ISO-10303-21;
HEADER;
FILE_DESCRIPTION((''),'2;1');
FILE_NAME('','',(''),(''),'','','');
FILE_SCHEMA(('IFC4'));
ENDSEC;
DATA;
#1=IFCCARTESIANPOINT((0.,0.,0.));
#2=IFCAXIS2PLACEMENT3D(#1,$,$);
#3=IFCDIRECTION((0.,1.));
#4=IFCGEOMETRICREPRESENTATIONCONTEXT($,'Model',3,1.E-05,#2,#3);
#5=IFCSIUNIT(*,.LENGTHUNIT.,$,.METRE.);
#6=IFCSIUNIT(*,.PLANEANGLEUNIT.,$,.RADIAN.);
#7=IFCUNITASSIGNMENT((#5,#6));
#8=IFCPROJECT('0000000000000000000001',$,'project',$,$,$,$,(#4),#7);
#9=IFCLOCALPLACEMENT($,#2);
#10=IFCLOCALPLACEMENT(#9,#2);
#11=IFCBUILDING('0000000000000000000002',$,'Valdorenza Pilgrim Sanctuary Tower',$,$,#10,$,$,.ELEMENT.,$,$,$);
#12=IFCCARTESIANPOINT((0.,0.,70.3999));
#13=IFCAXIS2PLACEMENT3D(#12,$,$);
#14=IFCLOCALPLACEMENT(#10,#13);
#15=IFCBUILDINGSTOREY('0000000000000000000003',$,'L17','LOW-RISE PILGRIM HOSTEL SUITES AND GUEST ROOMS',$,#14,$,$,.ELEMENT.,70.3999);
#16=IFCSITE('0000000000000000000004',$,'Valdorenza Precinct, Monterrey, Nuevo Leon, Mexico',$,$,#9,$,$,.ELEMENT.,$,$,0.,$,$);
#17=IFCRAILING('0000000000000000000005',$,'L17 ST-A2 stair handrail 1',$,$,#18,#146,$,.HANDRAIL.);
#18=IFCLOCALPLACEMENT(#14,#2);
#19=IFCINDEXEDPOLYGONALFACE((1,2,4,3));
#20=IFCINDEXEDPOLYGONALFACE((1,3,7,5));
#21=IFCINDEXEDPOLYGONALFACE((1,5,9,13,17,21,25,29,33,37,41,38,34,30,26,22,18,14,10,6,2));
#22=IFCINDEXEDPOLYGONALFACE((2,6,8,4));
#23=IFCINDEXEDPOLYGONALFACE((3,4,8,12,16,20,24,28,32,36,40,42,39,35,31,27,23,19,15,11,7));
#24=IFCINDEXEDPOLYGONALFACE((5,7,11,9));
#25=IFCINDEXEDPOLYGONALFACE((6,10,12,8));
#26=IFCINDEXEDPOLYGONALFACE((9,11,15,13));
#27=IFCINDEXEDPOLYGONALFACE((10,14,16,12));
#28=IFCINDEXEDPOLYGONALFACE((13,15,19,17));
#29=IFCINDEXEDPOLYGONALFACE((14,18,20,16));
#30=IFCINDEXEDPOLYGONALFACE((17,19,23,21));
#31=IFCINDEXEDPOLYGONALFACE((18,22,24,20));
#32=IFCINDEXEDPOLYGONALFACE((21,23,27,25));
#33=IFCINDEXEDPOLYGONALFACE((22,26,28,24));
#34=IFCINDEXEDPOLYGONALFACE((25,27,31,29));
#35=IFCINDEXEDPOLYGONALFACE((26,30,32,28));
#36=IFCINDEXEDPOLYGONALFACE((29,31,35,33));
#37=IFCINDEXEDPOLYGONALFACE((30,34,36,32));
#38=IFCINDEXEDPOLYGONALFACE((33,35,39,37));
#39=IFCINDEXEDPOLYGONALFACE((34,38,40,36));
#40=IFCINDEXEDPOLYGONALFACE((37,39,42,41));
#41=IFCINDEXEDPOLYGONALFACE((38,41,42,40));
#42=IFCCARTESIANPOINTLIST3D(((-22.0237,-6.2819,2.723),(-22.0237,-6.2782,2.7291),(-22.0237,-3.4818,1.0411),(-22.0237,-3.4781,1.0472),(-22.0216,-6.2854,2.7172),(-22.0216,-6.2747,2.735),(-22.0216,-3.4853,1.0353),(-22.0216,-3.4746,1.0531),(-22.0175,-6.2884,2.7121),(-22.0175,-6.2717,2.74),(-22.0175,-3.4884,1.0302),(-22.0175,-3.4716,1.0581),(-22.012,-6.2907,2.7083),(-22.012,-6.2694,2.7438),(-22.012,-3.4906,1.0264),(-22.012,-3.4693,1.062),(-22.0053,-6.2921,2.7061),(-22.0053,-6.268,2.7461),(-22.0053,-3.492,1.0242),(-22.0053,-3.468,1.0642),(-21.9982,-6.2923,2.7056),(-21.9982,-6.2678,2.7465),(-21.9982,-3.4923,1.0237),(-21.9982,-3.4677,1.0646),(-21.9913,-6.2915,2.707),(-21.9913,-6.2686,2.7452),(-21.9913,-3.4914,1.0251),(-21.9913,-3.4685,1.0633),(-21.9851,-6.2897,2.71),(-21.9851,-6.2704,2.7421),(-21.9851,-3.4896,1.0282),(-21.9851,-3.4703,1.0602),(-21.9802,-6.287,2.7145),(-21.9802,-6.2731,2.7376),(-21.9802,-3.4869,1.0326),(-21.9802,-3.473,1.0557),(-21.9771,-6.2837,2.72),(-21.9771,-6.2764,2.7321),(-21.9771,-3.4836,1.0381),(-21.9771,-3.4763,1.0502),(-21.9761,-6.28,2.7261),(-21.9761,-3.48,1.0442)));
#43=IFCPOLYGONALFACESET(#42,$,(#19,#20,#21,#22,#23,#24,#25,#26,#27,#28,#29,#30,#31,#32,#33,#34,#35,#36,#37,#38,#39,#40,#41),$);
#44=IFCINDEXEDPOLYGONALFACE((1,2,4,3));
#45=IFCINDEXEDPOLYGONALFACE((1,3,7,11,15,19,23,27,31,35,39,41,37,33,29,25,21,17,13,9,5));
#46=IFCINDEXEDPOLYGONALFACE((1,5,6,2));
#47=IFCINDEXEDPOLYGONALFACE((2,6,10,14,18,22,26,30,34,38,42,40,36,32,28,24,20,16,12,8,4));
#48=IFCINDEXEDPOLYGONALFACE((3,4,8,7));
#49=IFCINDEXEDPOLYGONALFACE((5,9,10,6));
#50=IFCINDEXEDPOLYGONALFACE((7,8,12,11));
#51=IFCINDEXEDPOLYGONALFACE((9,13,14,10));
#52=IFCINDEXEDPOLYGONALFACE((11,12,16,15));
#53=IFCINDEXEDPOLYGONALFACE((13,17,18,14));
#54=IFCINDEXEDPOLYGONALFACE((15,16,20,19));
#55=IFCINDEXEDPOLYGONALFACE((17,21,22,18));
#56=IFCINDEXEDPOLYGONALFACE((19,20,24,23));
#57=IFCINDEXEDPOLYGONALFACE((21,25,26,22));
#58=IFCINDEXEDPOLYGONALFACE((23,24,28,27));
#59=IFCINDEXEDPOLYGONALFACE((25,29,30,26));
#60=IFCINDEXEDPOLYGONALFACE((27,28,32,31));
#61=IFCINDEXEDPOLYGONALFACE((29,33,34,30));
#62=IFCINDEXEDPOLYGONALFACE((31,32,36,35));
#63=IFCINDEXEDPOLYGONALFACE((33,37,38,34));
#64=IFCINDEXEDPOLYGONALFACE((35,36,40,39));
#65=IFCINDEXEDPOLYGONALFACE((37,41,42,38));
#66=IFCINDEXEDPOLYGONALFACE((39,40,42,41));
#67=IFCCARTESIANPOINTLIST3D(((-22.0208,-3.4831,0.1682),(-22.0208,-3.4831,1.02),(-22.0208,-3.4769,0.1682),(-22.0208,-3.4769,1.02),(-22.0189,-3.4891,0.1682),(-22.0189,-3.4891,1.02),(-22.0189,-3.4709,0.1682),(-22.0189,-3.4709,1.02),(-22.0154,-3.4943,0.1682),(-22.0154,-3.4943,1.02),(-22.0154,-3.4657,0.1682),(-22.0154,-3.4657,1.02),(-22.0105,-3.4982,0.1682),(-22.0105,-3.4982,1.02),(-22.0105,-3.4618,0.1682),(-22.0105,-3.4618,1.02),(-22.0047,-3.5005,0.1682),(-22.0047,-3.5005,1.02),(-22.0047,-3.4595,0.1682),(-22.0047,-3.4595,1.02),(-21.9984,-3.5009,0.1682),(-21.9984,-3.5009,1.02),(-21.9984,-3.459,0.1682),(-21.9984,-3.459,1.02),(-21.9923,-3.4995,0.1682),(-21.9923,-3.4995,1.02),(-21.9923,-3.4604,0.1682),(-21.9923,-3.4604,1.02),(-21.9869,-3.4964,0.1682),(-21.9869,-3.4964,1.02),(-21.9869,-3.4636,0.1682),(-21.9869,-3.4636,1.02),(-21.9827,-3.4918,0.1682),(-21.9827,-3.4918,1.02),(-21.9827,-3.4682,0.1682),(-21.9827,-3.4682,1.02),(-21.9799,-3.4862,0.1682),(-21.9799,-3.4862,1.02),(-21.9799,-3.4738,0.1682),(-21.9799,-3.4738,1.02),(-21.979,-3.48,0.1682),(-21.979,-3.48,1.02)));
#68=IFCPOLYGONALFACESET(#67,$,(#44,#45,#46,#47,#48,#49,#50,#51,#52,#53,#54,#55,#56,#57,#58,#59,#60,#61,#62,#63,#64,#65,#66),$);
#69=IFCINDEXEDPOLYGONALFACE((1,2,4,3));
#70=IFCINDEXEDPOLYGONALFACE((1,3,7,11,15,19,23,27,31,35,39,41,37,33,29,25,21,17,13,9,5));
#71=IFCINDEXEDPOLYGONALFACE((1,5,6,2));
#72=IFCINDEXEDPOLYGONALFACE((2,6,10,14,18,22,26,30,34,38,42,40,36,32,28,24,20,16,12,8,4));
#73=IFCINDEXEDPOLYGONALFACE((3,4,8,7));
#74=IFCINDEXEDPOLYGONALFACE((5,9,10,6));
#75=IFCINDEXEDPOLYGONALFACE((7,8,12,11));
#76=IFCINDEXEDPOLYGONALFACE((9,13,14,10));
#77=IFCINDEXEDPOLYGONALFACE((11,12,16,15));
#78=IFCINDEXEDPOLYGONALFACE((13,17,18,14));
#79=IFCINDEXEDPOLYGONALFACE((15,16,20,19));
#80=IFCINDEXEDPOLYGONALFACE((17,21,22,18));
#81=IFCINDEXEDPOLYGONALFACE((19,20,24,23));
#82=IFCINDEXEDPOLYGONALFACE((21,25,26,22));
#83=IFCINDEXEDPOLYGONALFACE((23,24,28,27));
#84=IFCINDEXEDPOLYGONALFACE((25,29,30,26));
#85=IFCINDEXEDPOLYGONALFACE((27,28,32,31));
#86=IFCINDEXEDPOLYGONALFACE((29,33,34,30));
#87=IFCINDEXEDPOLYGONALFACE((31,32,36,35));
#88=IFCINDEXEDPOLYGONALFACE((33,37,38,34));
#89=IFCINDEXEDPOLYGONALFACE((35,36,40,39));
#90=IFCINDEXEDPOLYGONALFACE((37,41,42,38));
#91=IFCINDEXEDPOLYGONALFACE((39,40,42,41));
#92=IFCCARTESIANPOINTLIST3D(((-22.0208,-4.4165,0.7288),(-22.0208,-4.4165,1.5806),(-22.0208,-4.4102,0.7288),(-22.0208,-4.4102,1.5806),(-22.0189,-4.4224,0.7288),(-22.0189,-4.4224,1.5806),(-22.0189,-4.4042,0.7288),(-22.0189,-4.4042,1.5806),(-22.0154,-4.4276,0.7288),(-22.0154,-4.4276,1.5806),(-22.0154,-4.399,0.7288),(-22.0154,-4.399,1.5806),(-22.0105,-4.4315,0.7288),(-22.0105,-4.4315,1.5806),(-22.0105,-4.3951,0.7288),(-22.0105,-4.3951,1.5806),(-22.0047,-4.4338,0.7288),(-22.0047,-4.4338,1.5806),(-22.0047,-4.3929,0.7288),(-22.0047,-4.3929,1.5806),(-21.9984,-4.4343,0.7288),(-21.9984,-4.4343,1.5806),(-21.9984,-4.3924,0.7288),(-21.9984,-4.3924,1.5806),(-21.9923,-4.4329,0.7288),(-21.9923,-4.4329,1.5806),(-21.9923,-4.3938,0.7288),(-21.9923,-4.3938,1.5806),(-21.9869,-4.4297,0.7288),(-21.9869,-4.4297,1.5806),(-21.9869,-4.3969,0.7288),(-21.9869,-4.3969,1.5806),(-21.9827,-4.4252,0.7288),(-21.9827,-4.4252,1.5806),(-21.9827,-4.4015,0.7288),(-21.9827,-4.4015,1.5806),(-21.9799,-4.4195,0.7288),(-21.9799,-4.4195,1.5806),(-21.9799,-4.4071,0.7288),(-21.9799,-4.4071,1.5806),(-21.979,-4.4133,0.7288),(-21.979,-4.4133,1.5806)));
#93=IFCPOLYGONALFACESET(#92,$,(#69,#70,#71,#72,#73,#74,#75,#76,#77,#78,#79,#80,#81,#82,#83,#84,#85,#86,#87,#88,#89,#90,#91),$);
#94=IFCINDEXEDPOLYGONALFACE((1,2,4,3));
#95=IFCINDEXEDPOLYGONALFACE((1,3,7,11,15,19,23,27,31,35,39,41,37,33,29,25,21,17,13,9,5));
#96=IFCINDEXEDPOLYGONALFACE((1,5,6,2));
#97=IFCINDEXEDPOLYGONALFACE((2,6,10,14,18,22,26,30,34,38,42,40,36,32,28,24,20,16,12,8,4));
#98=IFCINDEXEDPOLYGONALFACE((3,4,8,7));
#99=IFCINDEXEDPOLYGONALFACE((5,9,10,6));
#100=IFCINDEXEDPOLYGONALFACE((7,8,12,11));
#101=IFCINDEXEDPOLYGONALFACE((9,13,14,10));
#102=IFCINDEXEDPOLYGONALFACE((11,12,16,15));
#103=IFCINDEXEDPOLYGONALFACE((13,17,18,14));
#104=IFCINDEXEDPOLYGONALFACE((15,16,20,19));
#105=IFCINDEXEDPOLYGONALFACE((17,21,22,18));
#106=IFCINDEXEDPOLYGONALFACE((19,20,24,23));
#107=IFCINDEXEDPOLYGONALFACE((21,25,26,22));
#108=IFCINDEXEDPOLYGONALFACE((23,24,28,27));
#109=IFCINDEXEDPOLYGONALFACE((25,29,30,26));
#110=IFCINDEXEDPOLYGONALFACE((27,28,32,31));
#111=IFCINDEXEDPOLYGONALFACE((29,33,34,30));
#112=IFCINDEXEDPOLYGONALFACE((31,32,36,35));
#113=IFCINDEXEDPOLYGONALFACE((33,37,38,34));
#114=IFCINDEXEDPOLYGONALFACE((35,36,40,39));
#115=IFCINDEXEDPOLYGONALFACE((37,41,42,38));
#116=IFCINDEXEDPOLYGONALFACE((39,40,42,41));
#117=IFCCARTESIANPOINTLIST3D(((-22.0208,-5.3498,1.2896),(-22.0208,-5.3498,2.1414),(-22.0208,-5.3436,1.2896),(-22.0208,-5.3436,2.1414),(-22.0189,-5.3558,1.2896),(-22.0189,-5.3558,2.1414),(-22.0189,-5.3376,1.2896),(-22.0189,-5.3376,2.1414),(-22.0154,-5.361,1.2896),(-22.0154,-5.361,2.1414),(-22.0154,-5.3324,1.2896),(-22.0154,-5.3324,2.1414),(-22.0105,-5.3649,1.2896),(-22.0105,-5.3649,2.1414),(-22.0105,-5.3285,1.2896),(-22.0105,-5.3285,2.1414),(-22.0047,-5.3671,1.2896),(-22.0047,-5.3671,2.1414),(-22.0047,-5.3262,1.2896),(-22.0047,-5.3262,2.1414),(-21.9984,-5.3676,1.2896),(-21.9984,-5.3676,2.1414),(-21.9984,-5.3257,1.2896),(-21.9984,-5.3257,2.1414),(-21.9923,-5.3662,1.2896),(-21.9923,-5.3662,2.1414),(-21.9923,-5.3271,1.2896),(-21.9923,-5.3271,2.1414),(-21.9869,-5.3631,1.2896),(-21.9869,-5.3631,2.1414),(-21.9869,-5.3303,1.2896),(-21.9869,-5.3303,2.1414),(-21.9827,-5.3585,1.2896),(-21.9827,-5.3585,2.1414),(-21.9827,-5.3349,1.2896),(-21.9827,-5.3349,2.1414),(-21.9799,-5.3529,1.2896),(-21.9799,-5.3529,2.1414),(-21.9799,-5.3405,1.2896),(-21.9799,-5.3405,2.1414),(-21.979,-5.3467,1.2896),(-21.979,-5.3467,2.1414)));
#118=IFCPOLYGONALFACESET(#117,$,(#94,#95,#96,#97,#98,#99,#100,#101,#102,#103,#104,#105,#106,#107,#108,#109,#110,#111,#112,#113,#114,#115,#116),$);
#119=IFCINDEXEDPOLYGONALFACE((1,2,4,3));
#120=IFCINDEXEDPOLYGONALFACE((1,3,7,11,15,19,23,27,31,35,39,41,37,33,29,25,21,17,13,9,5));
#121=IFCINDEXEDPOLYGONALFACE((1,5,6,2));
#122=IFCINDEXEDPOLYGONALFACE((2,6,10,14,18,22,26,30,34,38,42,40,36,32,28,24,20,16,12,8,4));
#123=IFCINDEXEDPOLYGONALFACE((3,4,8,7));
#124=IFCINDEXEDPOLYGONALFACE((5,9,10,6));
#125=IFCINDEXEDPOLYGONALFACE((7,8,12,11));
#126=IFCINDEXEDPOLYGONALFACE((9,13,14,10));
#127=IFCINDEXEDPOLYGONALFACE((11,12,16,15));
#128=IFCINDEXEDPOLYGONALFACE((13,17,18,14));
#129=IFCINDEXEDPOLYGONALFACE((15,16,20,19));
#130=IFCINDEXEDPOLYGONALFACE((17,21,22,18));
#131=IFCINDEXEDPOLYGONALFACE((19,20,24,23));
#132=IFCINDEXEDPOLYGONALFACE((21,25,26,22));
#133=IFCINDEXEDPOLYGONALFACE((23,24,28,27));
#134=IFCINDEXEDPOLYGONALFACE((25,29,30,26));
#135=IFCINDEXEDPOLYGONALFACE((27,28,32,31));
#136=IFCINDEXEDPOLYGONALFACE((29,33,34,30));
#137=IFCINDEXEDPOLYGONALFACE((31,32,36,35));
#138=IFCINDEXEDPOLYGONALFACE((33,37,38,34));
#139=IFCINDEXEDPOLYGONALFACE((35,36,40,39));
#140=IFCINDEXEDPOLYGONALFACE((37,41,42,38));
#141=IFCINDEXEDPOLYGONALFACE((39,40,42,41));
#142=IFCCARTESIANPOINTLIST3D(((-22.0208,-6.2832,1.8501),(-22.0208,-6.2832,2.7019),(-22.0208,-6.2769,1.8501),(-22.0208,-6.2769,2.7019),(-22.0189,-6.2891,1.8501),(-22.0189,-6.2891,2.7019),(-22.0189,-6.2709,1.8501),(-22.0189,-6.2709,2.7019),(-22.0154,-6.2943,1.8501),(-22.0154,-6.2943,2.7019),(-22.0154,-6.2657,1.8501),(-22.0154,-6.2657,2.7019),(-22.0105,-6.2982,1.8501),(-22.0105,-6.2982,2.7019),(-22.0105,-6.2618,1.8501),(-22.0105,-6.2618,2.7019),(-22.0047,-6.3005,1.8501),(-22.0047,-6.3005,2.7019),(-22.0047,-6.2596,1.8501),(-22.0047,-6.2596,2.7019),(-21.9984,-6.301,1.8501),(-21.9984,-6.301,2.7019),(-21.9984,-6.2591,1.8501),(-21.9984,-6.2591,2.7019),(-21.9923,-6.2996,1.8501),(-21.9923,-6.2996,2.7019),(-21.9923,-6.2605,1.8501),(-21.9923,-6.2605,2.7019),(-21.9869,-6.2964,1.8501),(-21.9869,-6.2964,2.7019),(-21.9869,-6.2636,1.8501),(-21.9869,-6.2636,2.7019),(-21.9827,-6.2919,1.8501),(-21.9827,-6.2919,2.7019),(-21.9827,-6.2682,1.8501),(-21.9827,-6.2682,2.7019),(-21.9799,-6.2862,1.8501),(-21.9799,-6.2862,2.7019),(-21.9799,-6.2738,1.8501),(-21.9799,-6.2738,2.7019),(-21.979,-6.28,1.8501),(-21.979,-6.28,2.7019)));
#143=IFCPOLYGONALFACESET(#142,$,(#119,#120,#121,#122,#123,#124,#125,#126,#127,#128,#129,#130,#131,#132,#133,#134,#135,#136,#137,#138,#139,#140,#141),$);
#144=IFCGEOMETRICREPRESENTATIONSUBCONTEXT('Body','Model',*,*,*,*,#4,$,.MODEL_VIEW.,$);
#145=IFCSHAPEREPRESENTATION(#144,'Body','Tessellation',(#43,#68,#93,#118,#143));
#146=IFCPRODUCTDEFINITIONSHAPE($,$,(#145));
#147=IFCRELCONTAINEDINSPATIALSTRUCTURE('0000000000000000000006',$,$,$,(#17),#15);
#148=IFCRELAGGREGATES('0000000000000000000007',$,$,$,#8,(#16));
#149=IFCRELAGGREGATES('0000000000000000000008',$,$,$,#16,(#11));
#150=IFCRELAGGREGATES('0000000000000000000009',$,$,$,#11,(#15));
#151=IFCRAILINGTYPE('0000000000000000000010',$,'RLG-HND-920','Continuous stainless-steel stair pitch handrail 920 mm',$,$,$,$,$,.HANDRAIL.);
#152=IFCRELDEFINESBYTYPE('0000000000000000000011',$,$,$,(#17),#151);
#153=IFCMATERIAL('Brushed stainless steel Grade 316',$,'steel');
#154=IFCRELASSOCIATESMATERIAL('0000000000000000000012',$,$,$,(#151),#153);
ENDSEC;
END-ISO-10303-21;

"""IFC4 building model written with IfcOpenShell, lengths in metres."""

from ifc_helpers import new_model, si_unit, direction, frame, origin, origin_2d, place, context, subcontext, project, spatial, circle, extrude, material, type_object, element, save


model = new_model("IFC4")

# Units and contexts
model_context = context("Model", 3, precision=1e-05, world=origin(), true_north=direction((0.0, 1.0)))
body_context = subcontext(model_context, "Body", "Model", "MODEL_VIEW")
ifc_project = project(units=[si_unit("LENGTHUNIT", "METRE"), si_unit("PLANEANGLEUNIT", "RADIAN")], contexts=[model_context])

# Site, building, storey
site_placement = place(None, origin())
site = spatial("IfcSite", under=ifc_project, at=site_placement, Name="Valdorenza Precinct, Monterrey, Nuevo Leon, Mexico", CompositionType="ELEMENT", RefElevation=0.0)
building_placement = place(site_placement, origin())
building = spatial("IfcBuilding", under=site, at=building_placement, Name="Valdorenza Pilgrim Sanctuary Tower", CompositionType="ELEMENT")
storey_placement = place(building_placement, frame((0.0, 0.0, 70.3999)))
storey = spatial("IfcBuildingStorey", under=building, at=storey_placement, Name="L17", Description="LOW-RISE PILGRIM HOSTEL SUITES AND GUEST ROOMS", CompositionType="ELEMENT", Elevation=70.3999)

# Shared definitions
ifc_material_1 = material(Name="Brushed stainless steel Grade 316", Category="steel")

# Railing
railing_type_1 = type_object("IfcRailingType", Name="RLG-HND-920", Description="Continuous stainless-steel stair pitch handrail 920 mm", PredefinedType="HANDRAIL", material=ifc_material_1)
railing_1_placement = place(storey_placement, frame((-22.0, -3.48, 0.1682)))
element("IfcRailing", 1, at=railing_1_placement, inside=storey, type_object=railing_type_1, Name="L17 ST-A2 stair handrail 1", PredefinedType="HANDRAIL", context=body_context, shape_type="SweptSolid", body=[
    extrude(circle(Radius=0.0239, at=origin_2d()), frame((0.0, 0.0, 0.876), z_axis=(0.0, -0.857242, 0.514913), x_axis=(1.0, 0.0, 0.0)), (0.0, 0.0, 1.0), 3.2664),
    extrude(circle(Radius=0.021, at=origin_2d()), origin(), (0.0, 0.0, 1.0), 0.8518),
    extrude(circle(Radius=0.021, at=origin_2d()), frame((0.0, -0.9333, 0.5605)), (0.0, 0.0, 1.0), 0.8518),
    extrude(circle(Radius=0.021, at=origin_2d()), frame((0.0, -1.8667, 1.1213)), (0.0, 0.0, 1.0), 0.8518),
    extrude(circle(Radius=0.021, at=origin_2d()), frame((0.0, -2.8, 1.6819)), (0.0, 0.0, 1.0), 0.8518),
])

save(model, "model.ifc")
